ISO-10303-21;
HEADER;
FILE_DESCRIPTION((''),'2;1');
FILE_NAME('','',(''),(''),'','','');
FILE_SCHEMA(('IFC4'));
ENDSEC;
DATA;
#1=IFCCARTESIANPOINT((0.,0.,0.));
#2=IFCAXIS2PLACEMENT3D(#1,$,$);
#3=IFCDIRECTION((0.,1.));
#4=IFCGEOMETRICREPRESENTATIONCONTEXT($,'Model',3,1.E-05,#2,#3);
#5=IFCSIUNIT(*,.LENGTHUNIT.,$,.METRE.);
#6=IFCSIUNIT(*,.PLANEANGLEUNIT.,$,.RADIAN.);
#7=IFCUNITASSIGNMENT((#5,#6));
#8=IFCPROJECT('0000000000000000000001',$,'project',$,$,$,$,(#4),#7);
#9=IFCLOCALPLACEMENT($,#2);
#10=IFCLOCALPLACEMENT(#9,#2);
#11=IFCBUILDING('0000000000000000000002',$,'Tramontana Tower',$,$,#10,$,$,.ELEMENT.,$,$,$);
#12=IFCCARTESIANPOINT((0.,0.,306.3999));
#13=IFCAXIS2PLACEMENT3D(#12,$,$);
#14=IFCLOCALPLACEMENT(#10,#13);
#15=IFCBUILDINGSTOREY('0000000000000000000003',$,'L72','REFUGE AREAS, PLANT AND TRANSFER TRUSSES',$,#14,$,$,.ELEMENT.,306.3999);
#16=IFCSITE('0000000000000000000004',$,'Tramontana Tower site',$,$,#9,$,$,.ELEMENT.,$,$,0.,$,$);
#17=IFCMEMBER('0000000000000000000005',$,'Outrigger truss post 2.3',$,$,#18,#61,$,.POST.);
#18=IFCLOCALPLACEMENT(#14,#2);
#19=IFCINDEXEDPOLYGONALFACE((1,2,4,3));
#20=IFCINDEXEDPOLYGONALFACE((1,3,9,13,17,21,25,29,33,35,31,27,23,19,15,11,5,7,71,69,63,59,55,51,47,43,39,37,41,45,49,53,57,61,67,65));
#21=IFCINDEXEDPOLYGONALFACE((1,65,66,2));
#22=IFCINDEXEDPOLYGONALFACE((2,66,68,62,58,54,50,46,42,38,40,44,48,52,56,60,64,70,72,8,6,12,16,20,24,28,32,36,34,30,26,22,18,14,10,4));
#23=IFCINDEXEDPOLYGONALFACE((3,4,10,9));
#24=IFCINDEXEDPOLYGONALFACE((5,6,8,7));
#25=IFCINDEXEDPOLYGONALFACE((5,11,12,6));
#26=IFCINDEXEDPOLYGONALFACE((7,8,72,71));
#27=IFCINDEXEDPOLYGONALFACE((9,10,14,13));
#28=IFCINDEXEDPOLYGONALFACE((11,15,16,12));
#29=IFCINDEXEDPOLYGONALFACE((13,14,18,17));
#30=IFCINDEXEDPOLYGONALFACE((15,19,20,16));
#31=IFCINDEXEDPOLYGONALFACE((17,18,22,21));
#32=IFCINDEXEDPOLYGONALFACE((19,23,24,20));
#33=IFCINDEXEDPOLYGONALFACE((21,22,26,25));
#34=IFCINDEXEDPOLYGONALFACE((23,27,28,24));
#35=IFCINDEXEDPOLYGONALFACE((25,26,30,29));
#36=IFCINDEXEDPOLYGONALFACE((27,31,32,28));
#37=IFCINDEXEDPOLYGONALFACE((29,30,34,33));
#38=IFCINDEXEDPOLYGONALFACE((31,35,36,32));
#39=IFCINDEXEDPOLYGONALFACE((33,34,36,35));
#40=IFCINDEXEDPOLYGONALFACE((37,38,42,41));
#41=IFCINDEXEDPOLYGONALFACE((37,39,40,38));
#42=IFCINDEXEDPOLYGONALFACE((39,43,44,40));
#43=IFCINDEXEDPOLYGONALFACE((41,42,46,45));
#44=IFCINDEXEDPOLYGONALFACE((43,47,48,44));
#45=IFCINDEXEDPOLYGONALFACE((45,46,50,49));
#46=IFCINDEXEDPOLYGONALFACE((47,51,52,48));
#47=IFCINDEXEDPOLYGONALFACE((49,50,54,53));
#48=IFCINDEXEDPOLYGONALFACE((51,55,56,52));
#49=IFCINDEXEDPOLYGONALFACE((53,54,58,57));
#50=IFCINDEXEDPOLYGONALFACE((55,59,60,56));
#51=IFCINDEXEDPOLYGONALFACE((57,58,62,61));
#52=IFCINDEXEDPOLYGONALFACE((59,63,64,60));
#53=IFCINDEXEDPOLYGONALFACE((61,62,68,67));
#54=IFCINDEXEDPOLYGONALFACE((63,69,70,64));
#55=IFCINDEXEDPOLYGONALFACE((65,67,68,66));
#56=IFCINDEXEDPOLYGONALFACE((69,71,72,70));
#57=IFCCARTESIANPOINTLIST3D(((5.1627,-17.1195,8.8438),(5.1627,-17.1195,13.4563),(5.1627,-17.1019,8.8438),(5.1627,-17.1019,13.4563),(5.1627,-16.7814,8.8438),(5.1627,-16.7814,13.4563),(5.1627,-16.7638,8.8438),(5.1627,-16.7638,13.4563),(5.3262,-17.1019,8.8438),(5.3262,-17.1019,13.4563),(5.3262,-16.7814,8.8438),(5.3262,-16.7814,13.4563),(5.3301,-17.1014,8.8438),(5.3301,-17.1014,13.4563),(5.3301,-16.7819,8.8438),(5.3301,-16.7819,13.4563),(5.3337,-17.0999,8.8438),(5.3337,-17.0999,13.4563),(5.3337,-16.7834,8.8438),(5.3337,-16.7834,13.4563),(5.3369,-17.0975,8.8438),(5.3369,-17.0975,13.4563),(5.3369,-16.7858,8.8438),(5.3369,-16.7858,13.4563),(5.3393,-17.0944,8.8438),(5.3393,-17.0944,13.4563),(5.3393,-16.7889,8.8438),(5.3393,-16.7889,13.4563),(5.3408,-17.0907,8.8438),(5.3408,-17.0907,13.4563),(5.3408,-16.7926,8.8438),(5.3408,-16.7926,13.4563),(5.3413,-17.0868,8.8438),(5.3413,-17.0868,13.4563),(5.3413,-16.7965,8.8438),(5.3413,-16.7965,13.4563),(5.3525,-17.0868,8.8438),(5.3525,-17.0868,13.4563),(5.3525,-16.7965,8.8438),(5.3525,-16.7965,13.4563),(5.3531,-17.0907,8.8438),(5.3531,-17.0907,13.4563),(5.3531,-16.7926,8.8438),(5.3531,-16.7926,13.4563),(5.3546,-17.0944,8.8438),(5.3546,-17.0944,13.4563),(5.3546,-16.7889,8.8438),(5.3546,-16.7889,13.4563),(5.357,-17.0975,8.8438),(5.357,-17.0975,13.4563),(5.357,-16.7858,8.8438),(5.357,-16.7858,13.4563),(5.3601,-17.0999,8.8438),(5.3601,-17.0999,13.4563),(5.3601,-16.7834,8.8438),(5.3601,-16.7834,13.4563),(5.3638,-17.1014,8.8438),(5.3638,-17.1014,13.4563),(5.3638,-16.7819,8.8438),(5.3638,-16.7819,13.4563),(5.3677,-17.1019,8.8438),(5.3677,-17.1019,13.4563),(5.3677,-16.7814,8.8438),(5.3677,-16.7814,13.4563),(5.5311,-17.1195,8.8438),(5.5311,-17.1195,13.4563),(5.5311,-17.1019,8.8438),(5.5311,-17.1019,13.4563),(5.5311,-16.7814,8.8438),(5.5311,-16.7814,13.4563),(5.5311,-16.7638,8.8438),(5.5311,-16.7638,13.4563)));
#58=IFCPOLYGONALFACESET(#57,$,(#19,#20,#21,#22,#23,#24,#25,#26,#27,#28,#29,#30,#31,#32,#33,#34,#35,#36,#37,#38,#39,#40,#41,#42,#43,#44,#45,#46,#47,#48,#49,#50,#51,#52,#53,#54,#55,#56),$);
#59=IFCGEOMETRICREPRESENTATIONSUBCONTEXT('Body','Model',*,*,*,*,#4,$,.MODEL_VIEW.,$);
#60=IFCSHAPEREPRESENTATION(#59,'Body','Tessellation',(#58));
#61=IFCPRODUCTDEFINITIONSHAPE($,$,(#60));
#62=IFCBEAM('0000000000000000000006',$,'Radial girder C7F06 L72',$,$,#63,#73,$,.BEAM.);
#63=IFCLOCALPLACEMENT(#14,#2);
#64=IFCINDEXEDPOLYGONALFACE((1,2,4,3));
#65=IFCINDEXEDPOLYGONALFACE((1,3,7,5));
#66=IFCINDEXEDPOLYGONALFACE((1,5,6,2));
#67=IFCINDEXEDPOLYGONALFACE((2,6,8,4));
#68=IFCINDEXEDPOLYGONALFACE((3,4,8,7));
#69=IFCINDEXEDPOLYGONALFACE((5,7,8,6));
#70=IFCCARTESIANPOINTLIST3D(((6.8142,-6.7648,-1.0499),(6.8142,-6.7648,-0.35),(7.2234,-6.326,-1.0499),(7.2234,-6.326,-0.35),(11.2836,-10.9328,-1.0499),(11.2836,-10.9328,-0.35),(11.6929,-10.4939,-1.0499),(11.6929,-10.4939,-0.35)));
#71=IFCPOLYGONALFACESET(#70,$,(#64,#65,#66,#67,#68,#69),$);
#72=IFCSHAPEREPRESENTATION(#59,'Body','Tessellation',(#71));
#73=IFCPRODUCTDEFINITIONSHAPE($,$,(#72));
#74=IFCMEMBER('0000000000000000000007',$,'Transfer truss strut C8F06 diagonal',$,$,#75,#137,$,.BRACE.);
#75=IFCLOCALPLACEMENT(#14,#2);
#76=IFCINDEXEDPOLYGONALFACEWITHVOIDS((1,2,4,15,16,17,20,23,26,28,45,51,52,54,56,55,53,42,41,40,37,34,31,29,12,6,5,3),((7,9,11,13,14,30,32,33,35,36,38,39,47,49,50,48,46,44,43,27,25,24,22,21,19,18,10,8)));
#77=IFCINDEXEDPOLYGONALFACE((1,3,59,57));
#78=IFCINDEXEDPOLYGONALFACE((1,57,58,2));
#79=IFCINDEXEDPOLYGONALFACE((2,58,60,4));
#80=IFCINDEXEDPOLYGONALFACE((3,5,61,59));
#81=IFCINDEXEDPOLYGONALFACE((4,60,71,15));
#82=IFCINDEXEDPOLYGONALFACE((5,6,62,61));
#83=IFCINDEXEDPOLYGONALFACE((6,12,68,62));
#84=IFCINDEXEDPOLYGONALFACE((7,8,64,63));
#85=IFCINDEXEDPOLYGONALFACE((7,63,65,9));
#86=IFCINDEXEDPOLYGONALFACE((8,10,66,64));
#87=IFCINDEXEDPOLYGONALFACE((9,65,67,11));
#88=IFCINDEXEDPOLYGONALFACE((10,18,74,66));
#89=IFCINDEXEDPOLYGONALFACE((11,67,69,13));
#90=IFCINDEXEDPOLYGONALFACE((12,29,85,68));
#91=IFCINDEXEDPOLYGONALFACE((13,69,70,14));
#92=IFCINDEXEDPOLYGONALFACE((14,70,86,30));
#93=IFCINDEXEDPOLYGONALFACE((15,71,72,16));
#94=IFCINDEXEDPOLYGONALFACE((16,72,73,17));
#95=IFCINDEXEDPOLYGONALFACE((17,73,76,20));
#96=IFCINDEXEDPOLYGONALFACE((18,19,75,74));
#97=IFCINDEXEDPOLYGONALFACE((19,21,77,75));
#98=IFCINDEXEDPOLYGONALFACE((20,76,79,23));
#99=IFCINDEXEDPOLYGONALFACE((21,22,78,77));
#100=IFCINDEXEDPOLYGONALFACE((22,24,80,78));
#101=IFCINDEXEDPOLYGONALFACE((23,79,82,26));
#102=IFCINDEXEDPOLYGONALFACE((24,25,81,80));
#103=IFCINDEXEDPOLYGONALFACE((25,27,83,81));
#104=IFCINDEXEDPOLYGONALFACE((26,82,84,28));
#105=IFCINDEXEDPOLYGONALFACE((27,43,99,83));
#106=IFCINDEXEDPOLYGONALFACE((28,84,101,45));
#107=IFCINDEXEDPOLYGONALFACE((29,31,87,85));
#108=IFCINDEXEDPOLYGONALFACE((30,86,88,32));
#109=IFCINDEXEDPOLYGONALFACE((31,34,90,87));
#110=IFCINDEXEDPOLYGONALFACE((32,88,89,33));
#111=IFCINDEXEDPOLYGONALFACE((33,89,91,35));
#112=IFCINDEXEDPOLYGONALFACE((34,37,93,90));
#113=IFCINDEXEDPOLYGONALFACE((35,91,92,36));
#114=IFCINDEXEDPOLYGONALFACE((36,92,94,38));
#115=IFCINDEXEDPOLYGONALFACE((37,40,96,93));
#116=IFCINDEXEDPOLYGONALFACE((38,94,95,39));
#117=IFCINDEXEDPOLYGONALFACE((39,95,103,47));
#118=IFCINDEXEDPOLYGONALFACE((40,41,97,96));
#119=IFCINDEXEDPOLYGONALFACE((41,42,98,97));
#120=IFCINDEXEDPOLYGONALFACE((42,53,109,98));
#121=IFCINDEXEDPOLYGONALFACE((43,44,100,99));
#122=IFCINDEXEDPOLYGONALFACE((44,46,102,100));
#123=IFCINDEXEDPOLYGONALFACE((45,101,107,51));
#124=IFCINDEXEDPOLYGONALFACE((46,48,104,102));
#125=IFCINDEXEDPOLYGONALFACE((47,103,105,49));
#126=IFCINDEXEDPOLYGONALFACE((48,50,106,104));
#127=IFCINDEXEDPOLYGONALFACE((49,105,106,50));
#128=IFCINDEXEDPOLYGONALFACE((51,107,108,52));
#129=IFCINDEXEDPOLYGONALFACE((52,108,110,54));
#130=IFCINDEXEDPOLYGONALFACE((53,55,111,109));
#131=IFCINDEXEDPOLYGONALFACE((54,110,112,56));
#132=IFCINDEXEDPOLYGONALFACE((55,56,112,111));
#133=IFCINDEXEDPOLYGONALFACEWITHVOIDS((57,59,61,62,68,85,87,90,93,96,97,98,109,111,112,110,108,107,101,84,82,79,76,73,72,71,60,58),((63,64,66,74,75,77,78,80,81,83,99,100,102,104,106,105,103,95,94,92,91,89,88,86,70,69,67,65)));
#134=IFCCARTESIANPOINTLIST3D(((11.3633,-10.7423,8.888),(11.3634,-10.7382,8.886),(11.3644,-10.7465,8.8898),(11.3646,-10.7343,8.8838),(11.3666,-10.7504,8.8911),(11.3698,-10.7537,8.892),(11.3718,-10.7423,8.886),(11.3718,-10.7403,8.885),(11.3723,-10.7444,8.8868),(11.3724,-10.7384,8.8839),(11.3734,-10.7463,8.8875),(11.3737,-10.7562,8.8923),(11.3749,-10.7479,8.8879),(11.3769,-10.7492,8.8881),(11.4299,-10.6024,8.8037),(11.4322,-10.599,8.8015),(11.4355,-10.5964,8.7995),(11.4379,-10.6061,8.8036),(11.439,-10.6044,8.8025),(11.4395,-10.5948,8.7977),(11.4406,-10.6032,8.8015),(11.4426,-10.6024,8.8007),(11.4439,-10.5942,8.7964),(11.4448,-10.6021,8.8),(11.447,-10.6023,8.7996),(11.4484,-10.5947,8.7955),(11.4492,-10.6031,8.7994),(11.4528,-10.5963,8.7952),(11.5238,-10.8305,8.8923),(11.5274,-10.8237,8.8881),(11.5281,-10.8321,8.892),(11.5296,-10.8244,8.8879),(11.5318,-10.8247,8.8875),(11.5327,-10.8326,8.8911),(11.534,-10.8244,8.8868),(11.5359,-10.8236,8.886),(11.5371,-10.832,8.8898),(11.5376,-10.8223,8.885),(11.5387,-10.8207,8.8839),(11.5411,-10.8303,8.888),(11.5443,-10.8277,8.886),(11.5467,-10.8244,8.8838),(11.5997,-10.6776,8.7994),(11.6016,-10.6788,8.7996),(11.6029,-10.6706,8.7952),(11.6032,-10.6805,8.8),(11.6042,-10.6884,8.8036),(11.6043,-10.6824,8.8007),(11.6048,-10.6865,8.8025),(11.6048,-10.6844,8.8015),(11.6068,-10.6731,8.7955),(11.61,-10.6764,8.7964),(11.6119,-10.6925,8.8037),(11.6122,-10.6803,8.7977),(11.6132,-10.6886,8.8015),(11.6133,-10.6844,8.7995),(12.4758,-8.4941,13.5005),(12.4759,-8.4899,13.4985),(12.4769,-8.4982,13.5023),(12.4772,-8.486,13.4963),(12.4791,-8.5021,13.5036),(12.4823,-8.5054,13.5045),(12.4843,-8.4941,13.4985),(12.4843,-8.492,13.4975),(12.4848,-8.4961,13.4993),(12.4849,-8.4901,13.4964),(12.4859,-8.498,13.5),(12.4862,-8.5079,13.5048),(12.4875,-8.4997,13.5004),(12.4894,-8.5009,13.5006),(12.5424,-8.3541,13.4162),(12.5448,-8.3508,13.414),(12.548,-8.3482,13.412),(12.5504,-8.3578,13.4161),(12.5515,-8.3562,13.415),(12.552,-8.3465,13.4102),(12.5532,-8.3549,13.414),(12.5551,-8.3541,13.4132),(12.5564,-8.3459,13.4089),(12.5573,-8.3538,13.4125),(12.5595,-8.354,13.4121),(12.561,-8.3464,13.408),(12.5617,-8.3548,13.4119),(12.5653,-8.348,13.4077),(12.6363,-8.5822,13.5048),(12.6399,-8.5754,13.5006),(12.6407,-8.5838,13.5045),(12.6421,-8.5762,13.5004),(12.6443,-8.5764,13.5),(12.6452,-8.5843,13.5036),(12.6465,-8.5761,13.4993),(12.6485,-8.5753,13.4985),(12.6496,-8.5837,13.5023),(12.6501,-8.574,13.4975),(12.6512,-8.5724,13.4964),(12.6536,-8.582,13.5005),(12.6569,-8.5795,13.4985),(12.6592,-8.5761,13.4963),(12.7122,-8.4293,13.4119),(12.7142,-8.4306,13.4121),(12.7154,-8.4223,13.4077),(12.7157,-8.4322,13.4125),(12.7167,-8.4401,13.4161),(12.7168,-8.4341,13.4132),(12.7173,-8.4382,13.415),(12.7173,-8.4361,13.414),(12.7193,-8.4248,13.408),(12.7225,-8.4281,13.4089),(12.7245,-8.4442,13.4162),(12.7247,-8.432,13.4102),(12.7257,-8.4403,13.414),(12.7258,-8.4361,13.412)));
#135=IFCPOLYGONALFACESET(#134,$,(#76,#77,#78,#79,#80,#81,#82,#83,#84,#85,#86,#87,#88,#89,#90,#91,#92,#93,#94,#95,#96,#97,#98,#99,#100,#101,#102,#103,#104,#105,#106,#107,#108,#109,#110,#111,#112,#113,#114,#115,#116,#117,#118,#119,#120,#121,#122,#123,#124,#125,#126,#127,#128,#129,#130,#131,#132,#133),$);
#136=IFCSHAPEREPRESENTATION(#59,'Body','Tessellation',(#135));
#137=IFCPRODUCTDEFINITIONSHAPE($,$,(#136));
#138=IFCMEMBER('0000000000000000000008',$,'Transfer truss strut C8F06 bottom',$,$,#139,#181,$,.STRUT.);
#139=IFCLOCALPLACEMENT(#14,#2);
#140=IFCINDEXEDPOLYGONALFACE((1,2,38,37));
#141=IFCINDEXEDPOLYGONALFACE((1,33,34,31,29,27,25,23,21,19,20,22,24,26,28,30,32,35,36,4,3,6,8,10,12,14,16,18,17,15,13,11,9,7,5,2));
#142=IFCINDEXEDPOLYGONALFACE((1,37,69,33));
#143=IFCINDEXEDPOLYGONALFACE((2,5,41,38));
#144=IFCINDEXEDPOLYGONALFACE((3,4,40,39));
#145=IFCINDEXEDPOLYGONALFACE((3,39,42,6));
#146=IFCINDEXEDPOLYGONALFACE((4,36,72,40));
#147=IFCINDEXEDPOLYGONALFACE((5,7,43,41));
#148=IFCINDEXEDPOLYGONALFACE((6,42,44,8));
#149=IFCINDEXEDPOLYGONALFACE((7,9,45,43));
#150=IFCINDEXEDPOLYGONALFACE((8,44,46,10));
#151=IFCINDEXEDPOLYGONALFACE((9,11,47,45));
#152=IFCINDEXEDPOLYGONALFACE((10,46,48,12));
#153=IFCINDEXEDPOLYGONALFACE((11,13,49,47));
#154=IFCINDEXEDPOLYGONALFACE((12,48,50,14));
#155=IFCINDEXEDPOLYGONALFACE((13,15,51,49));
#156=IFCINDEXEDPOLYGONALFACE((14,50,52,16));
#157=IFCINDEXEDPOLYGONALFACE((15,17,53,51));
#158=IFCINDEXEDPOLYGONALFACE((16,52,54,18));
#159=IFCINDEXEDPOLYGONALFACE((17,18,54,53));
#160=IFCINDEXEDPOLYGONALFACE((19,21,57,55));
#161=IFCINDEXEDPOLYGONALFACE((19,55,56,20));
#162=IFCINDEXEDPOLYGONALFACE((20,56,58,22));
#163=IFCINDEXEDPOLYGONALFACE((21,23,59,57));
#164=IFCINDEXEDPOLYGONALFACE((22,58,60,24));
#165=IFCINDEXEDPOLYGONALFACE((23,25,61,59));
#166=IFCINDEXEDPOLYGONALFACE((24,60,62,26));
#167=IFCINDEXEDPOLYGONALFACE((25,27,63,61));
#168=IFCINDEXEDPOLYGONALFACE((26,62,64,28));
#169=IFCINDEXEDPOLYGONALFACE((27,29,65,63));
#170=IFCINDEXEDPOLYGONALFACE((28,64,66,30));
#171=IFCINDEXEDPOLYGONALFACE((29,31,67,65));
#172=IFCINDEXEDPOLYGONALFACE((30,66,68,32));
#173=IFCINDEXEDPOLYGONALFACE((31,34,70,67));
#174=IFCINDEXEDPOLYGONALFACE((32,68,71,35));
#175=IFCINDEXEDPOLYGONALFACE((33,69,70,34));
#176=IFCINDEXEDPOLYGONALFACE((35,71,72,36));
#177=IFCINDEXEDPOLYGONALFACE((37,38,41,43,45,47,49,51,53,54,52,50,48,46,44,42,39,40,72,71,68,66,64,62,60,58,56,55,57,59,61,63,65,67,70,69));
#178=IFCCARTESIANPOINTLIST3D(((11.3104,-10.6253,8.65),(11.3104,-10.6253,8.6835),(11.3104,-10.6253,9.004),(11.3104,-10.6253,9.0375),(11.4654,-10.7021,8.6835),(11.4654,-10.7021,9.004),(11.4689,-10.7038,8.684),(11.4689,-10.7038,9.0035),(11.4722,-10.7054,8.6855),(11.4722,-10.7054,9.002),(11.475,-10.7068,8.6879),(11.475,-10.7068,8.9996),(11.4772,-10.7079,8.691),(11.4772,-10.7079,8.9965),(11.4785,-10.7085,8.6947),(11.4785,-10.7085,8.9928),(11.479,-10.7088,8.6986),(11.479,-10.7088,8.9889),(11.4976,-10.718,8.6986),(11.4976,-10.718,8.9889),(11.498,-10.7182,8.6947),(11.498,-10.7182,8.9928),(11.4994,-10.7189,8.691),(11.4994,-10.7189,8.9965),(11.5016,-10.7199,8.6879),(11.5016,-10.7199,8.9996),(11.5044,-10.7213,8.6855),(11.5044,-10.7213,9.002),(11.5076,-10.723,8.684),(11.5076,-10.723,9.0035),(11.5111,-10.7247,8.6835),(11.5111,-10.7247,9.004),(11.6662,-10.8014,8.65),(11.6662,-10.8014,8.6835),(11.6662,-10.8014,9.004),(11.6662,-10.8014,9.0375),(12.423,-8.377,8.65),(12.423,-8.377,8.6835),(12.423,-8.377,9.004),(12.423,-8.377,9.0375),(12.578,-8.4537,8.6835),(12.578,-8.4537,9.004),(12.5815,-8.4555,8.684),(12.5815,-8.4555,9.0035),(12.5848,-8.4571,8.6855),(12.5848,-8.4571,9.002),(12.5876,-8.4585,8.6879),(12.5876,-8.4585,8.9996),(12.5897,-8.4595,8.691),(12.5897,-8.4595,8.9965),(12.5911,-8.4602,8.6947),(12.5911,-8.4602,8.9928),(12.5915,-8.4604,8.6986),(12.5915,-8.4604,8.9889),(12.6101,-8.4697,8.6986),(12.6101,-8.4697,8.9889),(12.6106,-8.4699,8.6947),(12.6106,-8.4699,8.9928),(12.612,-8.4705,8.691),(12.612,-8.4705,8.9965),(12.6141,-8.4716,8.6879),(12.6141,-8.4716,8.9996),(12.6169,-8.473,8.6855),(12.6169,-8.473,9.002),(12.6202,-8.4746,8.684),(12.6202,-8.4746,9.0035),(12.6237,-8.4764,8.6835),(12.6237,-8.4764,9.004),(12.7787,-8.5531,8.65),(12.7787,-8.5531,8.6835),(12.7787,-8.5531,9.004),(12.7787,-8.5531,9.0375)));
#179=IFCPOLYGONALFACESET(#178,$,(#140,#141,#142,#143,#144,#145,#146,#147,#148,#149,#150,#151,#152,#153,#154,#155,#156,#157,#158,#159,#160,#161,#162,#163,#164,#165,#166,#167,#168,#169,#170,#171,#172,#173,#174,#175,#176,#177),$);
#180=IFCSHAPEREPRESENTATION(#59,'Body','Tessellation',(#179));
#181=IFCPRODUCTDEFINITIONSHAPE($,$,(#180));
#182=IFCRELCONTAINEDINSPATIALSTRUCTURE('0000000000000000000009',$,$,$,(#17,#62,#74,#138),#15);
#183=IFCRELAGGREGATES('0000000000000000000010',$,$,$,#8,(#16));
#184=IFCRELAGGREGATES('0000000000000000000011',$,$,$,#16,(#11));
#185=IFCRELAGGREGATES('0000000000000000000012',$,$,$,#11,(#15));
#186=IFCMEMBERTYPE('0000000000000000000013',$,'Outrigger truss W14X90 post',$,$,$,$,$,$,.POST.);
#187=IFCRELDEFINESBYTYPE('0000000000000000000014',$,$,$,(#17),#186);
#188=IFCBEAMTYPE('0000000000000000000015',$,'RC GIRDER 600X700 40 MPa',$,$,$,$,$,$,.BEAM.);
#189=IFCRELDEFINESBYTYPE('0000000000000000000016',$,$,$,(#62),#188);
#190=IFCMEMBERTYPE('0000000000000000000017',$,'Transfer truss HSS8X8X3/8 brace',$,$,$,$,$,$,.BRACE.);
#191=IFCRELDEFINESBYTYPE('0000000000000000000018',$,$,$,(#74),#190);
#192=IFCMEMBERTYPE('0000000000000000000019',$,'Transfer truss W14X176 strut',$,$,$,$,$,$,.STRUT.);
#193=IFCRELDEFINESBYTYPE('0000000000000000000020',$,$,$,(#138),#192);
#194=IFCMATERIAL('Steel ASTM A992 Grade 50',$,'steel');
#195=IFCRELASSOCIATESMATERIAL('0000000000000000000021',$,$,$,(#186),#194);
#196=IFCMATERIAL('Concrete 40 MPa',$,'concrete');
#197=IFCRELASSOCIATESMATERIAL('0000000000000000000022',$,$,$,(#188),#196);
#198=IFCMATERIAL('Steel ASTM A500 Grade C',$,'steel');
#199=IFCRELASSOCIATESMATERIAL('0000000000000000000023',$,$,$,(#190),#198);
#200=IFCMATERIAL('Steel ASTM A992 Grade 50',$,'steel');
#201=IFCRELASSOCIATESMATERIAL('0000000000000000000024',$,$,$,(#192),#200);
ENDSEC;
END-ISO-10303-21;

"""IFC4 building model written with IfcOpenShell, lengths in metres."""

from ifc_helpers import new_model, si_unit, direction, frame, origin, origin_2d, place, context, subcontext, project, spatial, rectangle, hollow_rectangle, i_section, extrude, material, material_profile, profile_set, type_object, element, save


model = new_model("IFC4")

# Units and contexts
model_context = context("Model", 3, precision=1e-05, world=origin(), true_north=direction((0.0, 1.0)))
body_context = subcontext(model_context, "Body", "Model", "MODEL_VIEW")
ifc_project = project(units=[si_unit("LENGTHUNIT", "METRE"), si_unit("PLANEANGLEUNIT", "RADIAN")], contexts=[model_context])

# Site, building, storey
site_placement = place(None, origin())
site = spatial("IfcSite", under=ifc_project, at=site_placement, Name="Tramontana Tower site", CompositionType="ELEMENT", RefElevation=0.0)
building_placement = place(site_placement, origin())
building = spatial("IfcBuilding", under=site, at=building_placement, Name="Tramontana Tower", CompositionType="ELEMENT")
storey_placement = place(building_placement, frame((0.0, 0.0, 306.3999)))
storey = spatial("IfcBuildingStorey", under=building, at=storey_placement, Name="L72", Description="REFUGE AREAS, PLANT AND TRANSFER TRUSSES", CompositionType="ELEMENT", Elevation=306.3999)

# Member
ifc_material_1 = material(Name="Steel ASTM A992 Grade 50", Category="steel")
ifc_material_profile_1 = material_profile(ifc_material_1, i_section(OverallWidth=0.3684, OverallDepth=0.3557, WebThickness=0.0112, FlangeThickness=0.0176, FilletRadius=0.0151, at=origin_2d()), Name="W14X90")
ifc_profile_set_1 = profile_set([ifc_material_profile_1], Name="Steel ASTM A992 Grade 50")
member_type_1 = type_object("IfcMemberType", Name="Outrigger truss W14X90 post", PredefinedType="POST", material=ifc_profile_set_1)
for number, where, z_axis, x_axis, name in (
    (1, (5.3469, -16.9417, 8.8438), (0.0, 0.0, 1.0), (1.0, 0.0, 0.0), "Outrigger truss post 2.3"),
):
    element("IfcMember", number, at=place(storey_placement, frame(where, z_axis=z_axis, x_axis=x_axis)), inside=storey, type_object=member_type_1, Name=name, PredefinedType="POST", context=body_context, shape_type="SweptSolid", body=[
        extrude(i_section(OverallWidth=0.3684, OverallDepth=0.3557, WebThickness=0.0112, FlangeThickness=0.0176, FilletRadius=0.0151, at=origin_2d()), origin(), (0.0, 0.0, 1.0), 4.6125),
    ])

# Beam
ifc_material_2 = material(Name="Concrete 40 MPa", Category="concrete")
ifc_material_profile_2 = material_profile(ifc_material_2, rectangle(XDim=0.6001, YDim=0.7, at=origin_2d()), Name="RC GIRDER 600X700 40 MPa")
ifc_profile_set_2 = profile_set([ifc_material_profile_2], Name="Concrete 40 MPa")
beam_type = type_object("IfcBeamType", Name="RC GIRDER 600X700 40 MPa", PredefinedType="BEAM", material=ifc_profile_set_2)
beam_placement = place(storey_placement, frame((11.4883, -10.7134, -0.7), z_axis=(-0.731345, 0.682008, 0.0), x_axis=(-0.682008, -0.731345, 0.0)))
element("IfcBeam", 2, at=beam_placement, inside=storey, type_object=beam_type, Name="Radial girder C7F06 L72", PredefinedType="BEAM", context=body_context, shape_type="SweptSolid", body=[
    extrude(rectangle(XDim=0.6001, YDim=0.7, at=origin_2d()), origin(), (0.0, 0.0, 1.0), 6.1113),
])

# Members
ifc_material_3 = material(Name="Steel ASTM A500 Grade C", Category="steel")
ifc_material_profile_3 = material_profile(ifc_material_3, hollow_rectangle(XDim=0.2031, YDim=0.2031, WallThickness=0.0088, InnerFilletRadius=0.0088, OuterFilletRadius=0.0178, at=origin_2d()), Name="HSS8X8X3/8")
ifc_profile_set_3 = profile_set([ifc_material_profile_3], Name="Steel ASTM A500 Grade C")
member_type_2 = type_object("IfcMemberType", Name="Transfer truss HSS8X8X3/8 brace", PredefinedType="BRACE", material=ifc_profile_set_3)
member_1_placement = place(storey_placement, frame((11.4883, -10.7134, 8.8438), z_axis=(0.211892, 0.428202, 0.87849), x_axis=(-0.896269, 0.443511, 0.0)))
element("IfcMember", 3, at=member_1_placement, inside=storey, type_object=member_type_2, Name="Transfer truss strut C8F06 diagonal", PredefinedType="BRACE", context=body_context, shape_type="SweptSolid", body=[
    extrude(hollow_rectangle(XDim=0.2031, YDim=0.2031, WallThickness=0.0088, InnerFilletRadius=0.0088, OuterFilletRadius=0.0178, at=origin_2d()), origin(), (0.0, 0.0, 1.0), 5.2505),
])
ifc_material_4 = material(Name="Steel ASTM A992 Grade 50", Category="steel")
ifc_material_profile_4 = material_profile(ifc_material_4, i_section(OverallWidth=0.397, OverallDepth=0.3875, WebThickness=0.0208, FlangeThickness=0.0334, FilletRadius=0.0151, at=origin_2d()), Name="W14X176")
ifc_profile_set_4 = profile_set([ifc_material_profile_4], Name="Steel ASTM A992 Grade 50")
member_type_3 = type_object("IfcMemberType", Name="Transfer truss W14X176 strut", PredefinedType="STRUT", material=ifc_profile_set_4)
member_2_placement = place(storey_placement, frame((11.4883, -10.7134, 8.8438), z_axis=(0.443511, 0.896269, 0.0), x_axis=(-0.896269, 0.443511, 0.0)))
element("IfcMember", 4, at=member_2_placement, inside=storey, type_object=member_type_3, Name="Transfer truss strut C8F06 bottom", PredefinedType="STRUT", context=body_context, shape_type="SweptSolid", body=[
    extrude(i_section(OverallWidth=0.397, OverallDepth=0.3875, WebThickness=0.0208, FlangeThickness=0.0334, FilletRadius=0.0151, at=origin_2d()), origin(), (0.0, 0.0, 1.0), 2.5085),
])

save(model, "model.ifc")
